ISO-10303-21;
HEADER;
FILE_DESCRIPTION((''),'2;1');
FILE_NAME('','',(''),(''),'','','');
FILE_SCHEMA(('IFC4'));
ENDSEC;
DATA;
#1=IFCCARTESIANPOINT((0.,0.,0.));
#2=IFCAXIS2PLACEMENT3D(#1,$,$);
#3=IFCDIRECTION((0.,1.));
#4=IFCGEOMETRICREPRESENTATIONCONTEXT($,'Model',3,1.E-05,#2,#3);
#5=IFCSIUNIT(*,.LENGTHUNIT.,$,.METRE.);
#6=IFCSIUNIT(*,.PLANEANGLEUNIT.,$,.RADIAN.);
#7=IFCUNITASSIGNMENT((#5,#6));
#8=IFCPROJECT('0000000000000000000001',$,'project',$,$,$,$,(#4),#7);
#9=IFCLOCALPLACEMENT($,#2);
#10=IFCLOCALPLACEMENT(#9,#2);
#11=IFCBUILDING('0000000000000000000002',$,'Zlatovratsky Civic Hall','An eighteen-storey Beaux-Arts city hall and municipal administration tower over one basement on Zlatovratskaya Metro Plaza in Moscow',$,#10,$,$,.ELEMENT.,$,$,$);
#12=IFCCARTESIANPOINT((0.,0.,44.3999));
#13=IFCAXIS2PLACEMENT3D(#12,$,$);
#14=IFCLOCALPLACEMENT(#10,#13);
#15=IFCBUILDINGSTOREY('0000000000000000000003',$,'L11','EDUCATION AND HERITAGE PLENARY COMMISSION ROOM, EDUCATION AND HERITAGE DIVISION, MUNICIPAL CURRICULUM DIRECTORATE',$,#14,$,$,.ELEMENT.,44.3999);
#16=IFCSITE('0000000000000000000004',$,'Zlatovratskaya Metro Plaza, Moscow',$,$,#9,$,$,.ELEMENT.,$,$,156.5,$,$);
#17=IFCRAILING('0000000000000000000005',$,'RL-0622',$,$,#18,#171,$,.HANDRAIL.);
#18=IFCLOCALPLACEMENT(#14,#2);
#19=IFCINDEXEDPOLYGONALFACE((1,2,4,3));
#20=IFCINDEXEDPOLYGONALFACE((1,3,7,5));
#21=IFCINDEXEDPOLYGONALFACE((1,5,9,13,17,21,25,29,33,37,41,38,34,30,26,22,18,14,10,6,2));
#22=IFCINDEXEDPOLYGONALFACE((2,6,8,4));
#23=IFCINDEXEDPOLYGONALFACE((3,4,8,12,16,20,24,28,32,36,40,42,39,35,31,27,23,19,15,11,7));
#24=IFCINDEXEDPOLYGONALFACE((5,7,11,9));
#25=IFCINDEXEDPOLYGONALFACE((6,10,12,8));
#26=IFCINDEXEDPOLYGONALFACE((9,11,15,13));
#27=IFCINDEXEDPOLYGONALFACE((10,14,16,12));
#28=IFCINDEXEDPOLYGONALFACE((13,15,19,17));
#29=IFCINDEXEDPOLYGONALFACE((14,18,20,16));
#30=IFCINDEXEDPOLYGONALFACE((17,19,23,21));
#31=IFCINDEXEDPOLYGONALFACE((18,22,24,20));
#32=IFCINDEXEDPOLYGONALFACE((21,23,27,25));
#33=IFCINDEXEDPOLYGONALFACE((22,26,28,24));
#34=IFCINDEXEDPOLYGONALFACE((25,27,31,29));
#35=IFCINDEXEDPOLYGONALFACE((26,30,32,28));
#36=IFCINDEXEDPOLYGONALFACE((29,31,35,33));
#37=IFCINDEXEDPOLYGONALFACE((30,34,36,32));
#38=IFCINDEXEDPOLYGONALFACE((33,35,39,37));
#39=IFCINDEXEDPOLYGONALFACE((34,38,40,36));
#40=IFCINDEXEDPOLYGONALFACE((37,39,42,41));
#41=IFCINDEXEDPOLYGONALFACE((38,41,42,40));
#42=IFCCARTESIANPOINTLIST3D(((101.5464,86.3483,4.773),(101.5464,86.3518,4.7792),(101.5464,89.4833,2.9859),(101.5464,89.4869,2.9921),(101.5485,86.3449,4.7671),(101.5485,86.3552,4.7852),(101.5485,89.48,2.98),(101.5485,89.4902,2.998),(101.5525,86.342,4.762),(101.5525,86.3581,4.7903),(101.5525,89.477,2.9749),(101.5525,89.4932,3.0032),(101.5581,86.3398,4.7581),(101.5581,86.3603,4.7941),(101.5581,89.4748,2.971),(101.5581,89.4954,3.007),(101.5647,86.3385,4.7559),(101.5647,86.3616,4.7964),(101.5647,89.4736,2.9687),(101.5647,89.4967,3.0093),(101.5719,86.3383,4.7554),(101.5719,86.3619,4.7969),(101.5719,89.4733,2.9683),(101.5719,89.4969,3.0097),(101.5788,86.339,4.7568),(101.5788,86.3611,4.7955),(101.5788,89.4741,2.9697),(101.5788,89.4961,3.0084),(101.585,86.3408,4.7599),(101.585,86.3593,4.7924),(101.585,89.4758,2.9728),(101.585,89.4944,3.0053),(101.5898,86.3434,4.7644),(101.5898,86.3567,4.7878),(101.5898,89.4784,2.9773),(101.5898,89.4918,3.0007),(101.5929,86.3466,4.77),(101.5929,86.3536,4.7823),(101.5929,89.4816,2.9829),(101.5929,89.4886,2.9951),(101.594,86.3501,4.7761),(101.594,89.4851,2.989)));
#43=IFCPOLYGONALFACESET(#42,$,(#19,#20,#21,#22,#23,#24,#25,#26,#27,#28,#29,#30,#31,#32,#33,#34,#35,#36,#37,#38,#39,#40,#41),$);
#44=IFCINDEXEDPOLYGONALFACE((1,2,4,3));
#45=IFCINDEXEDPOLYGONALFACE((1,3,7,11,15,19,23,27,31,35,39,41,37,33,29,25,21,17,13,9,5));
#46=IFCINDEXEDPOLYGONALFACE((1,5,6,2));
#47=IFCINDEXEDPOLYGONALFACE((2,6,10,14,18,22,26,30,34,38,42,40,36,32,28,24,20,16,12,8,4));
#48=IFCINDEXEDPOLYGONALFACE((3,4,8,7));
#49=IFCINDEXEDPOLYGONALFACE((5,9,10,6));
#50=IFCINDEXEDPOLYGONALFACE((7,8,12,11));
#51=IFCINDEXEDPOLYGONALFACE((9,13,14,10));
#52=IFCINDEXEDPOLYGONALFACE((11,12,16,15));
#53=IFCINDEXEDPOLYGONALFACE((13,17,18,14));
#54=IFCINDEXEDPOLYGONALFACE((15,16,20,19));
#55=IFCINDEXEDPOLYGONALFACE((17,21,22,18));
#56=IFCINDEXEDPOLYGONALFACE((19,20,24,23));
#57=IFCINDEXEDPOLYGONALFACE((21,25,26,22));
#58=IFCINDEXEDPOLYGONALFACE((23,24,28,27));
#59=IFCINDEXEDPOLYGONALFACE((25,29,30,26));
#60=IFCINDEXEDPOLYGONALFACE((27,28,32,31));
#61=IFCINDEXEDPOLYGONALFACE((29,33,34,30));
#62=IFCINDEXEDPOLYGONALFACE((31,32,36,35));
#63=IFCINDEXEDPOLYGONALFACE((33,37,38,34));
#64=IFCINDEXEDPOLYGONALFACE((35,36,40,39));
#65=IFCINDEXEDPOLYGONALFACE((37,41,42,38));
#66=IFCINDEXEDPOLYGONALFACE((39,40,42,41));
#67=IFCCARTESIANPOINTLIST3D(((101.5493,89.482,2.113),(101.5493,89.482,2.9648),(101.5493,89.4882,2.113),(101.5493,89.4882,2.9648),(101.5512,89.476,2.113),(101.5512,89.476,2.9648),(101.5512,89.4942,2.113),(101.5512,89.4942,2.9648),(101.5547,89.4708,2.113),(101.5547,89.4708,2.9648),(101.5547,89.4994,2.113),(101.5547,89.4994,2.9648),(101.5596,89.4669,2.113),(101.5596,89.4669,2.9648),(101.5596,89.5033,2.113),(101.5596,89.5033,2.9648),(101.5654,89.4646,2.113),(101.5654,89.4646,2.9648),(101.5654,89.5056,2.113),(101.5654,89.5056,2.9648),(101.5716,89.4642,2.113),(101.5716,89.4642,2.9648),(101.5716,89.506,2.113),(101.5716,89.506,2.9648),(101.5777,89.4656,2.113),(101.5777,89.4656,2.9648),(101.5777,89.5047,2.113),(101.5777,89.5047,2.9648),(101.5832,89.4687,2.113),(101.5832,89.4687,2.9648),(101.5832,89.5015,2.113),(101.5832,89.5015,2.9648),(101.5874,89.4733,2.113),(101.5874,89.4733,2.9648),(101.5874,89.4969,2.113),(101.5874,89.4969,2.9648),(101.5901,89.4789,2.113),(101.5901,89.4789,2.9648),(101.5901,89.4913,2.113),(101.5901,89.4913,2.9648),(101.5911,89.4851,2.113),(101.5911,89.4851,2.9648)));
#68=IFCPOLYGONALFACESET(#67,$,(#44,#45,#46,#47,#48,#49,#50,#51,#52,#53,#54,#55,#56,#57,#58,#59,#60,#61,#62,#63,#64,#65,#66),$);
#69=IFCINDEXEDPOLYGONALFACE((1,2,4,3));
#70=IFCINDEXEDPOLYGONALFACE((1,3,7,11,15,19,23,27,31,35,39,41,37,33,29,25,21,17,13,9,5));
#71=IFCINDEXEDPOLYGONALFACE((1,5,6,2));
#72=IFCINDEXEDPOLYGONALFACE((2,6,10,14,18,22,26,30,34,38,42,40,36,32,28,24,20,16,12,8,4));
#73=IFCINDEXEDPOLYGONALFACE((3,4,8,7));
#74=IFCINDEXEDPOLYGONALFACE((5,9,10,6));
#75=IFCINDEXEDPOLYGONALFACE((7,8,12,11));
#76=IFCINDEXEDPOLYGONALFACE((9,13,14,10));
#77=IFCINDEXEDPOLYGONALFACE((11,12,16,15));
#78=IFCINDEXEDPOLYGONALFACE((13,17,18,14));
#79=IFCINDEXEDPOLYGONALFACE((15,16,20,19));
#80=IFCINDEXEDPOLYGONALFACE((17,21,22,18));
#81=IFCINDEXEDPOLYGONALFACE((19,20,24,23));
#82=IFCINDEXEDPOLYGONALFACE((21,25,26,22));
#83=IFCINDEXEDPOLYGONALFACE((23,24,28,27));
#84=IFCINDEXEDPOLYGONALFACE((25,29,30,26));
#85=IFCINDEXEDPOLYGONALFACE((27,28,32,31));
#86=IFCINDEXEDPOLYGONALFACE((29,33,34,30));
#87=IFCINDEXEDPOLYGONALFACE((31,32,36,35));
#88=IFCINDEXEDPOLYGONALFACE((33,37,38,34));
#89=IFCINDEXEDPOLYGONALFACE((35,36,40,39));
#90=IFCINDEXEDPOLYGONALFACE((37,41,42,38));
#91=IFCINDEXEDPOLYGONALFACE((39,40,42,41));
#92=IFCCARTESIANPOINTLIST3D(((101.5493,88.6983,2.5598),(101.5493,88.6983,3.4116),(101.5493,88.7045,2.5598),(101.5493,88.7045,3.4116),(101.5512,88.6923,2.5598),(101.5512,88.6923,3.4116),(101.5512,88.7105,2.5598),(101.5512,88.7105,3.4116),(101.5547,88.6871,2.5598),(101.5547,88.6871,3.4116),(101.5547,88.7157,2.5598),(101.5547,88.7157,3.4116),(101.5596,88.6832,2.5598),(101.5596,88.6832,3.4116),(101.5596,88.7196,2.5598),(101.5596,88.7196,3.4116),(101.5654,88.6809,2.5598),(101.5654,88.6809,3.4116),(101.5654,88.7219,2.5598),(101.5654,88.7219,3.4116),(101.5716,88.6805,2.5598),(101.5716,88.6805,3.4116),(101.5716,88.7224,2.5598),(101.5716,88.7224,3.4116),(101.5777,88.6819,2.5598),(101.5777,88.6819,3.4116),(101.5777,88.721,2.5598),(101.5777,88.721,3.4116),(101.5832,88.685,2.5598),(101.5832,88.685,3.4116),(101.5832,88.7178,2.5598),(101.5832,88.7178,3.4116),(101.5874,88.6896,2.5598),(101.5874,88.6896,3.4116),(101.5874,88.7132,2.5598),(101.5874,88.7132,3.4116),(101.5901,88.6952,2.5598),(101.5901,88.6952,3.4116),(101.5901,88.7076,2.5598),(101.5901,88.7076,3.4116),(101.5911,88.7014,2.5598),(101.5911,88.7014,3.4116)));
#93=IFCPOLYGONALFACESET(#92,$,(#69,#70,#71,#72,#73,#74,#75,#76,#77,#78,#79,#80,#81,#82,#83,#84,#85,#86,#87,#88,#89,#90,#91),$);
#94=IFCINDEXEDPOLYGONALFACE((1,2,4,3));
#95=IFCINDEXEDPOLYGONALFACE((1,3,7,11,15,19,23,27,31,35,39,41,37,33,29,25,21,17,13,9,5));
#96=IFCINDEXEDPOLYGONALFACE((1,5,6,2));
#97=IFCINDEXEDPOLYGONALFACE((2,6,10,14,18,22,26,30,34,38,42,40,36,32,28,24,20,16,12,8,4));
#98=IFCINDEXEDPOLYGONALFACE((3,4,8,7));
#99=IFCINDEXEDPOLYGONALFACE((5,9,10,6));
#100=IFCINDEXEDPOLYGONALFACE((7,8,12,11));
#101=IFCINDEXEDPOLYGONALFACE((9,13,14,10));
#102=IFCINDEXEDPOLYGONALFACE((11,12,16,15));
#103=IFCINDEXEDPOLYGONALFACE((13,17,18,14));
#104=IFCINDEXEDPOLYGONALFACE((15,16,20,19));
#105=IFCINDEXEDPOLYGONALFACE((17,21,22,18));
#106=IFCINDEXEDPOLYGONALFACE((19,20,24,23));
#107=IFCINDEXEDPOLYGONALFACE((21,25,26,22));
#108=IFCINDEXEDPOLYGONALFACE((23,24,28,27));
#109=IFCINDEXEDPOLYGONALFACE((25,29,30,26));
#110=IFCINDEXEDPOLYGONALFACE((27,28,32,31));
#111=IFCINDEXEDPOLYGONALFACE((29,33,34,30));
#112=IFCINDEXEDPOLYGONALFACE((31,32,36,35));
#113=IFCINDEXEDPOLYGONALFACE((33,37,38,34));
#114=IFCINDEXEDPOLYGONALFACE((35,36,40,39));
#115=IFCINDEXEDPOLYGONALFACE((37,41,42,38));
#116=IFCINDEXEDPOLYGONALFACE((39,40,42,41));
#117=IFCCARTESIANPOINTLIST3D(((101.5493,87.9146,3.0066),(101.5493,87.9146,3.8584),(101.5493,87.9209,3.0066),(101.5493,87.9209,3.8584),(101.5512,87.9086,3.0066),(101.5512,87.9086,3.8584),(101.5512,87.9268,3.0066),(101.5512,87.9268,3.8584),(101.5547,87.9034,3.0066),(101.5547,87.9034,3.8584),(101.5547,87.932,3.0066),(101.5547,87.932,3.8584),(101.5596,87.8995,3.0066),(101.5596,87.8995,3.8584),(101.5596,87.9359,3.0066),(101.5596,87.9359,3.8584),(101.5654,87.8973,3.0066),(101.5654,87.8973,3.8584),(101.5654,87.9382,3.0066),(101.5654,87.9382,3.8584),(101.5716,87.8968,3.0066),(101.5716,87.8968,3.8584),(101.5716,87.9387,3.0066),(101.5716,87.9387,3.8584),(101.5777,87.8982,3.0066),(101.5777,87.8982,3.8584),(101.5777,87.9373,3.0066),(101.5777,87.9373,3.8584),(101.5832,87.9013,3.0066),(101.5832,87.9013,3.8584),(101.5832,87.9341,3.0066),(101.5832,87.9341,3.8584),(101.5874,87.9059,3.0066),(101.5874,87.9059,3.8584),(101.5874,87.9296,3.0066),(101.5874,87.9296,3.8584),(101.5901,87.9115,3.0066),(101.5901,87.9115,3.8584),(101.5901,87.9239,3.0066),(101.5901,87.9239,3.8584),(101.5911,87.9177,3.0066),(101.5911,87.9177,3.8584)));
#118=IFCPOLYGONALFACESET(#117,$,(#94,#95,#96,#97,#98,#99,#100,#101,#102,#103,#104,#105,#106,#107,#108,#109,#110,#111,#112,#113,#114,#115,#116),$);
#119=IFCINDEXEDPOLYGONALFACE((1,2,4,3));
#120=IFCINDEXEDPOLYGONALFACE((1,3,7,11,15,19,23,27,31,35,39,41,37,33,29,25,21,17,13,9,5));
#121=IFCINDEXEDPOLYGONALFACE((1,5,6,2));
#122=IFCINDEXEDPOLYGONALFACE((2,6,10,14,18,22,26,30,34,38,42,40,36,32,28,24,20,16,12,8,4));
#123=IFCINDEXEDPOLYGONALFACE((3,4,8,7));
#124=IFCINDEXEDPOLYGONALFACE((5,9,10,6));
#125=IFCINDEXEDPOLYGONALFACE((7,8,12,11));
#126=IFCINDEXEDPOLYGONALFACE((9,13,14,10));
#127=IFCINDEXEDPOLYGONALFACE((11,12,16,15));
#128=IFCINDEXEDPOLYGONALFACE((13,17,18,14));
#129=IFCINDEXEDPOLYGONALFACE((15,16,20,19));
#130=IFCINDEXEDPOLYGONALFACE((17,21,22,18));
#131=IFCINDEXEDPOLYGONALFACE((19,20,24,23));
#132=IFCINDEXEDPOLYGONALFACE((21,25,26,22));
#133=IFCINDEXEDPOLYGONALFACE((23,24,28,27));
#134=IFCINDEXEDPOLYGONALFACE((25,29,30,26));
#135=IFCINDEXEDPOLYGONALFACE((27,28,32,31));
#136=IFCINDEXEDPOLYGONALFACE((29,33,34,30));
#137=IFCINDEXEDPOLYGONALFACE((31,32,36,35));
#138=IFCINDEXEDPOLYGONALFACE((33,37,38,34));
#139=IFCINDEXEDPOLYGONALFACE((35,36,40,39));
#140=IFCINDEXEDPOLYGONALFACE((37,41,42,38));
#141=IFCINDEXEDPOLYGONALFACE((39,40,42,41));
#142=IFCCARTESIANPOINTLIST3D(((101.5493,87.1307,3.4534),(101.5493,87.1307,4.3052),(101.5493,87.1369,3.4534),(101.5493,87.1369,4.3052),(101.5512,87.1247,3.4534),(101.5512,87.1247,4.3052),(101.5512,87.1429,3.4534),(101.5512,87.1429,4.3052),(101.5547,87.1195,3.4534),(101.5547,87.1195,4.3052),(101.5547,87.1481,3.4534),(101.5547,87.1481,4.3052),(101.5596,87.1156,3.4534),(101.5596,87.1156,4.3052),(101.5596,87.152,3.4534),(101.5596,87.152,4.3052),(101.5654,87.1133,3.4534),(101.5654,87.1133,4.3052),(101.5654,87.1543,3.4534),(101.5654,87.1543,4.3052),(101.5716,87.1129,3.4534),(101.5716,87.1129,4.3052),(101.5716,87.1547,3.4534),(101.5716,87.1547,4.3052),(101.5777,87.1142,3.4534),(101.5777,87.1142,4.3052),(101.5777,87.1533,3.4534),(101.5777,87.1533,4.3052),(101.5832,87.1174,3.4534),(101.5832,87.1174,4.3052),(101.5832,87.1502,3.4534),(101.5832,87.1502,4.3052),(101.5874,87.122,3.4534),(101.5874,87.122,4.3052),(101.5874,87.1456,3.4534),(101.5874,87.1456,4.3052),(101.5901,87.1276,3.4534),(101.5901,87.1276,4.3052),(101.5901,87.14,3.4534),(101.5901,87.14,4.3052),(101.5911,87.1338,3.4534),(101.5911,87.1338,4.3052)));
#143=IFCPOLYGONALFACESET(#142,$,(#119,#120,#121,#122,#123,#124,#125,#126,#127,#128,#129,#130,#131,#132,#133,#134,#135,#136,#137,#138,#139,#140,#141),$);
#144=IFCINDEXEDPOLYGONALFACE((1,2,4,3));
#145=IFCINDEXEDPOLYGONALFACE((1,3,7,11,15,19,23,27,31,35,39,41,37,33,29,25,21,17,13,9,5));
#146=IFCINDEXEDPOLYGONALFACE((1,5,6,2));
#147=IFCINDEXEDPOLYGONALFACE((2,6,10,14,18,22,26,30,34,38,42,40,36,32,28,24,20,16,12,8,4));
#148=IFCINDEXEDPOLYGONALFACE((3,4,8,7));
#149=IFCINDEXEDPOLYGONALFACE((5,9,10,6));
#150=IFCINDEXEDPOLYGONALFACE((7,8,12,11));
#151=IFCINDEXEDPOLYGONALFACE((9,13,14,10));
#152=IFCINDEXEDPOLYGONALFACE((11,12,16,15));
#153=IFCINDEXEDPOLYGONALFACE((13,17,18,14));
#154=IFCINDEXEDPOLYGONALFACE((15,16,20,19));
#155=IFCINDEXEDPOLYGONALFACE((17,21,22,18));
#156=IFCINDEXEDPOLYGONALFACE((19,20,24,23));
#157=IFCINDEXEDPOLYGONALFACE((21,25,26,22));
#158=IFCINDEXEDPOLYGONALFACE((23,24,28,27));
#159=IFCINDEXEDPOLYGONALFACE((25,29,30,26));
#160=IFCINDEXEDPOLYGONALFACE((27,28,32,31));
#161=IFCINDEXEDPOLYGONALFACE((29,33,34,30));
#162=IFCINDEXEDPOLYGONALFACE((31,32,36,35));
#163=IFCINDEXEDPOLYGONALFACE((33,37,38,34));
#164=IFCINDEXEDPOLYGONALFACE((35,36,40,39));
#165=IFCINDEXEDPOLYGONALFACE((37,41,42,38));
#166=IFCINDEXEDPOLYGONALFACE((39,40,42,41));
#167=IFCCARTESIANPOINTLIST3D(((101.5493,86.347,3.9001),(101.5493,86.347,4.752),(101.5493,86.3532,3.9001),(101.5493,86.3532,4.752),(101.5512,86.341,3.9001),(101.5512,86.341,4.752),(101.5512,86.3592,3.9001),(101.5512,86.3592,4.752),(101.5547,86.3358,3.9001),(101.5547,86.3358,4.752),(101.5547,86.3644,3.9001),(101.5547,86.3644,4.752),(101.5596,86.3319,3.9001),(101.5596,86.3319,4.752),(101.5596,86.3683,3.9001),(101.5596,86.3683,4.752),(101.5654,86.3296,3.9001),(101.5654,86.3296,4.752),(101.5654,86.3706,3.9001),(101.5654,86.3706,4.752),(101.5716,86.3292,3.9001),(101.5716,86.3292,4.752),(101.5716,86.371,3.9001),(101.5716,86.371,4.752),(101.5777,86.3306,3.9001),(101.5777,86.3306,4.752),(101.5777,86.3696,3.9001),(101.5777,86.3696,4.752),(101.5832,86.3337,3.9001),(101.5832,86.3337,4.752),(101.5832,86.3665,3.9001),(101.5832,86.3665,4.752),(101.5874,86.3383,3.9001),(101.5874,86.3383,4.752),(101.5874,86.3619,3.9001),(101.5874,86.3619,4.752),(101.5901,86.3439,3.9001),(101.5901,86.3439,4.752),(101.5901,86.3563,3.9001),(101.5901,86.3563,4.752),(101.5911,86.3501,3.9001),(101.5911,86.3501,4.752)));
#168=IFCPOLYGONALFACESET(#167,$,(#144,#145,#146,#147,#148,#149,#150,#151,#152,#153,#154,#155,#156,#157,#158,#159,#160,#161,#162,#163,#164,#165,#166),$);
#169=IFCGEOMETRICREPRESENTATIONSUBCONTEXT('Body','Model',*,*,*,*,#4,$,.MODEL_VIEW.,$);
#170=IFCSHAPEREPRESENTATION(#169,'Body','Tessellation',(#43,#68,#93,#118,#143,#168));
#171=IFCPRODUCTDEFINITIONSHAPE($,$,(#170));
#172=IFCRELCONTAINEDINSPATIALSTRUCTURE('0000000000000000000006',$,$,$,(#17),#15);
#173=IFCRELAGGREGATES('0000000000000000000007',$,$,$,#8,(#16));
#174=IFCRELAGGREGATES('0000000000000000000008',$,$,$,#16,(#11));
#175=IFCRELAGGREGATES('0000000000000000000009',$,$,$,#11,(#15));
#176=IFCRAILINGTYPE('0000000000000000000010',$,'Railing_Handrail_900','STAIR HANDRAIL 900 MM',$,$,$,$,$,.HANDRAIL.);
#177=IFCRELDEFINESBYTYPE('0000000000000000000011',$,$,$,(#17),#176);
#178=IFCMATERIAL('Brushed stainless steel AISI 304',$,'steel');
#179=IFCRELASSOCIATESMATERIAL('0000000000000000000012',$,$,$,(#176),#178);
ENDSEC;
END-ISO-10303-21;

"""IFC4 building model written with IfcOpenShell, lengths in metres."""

from ifc_helpers import new_model, si_unit, direction, frame, origin, origin_2d, place, context, subcontext, project, spatial, circle, extrude, material, type_object, element, save


model = new_model("IFC4")

# Units and contexts
model_context = context("Model", 3, precision=1e-05, world=origin(), true_north=direction((0.0, 1.0)))
body_context = subcontext(model_context, "Body", "Model", "MODEL_VIEW")
ifc_project = project(units=[si_unit("LENGTHUNIT", "METRE"), si_unit("PLANEANGLEUNIT", "RADIAN")], contexts=[model_context])

# Site, building, storey
site_placement = place(None, origin())
site = spatial("IfcSite", under=ifc_project, at=site_placement, Name="Zlatovratskaya Metro Plaza, Moscow", CompositionType="ELEMENT", RefElevation=156.5)
building_placement = place(site_placement, origin())
building = spatial("IfcBuilding", under=site, at=building_placement, Name="Zlatovratsky Civic Hall", Description="An eighteen-storey Beaux-Arts city hall and municipal administration tower over one basement on Zlatovratskaya Metro Plaza in Moscow", CompositionType="ELEMENT")
storey_placement = place(building_placement, frame((0.0, 0.0, 44.3999)))
storey = spatial("IfcBuildingStorey", under=building, at=storey_placement, Name="L11", Description="EDUCATION AND HERITAGE PLENARY COMMISSION ROOM, EDUCATION AND HERITAGE DIVISION, MUNICIPAL CURRICULUM DIRECTORATE", CompositionType="ELEMENT", Elevation=44.3999)

# Railing
ifc_material_1 = material(Name="Brushed stainless steel AISI 304", Category="steel")
railing_type = type_object("IfcRailingType", Name="Railing_Handrail_900", Description="STAIR HANDRAIL 900 MM", PredefinedType="HANDRAIL", material=ifc_material_1)
railing_placement = place(storey_placement, frame((101.5701, 89.4851, 2.113)))
element("IfcRailing", 1, at=railing_placement, inside=storey, type_object=railing_type, Name="RL-0622", PredefinedType="HANDRAIL", context=body_context, shape_type="SweptSolid", body=[
    extrude(circle(Radius=0.0239, at=origin_2d()), frame((0.0, 0.0, 0.876), z_axis=(0.0, -0.868759, 0.495235), x_axis=(1.0, 0.0, 0.0)), (0.0, 0.0, 1.0), 3.6086),
    extrude(circle(Radius=0.021, at=origin_2d()), origin(), (0.0, 0.0, 1.0), 0.8518),
    extrude(circle(Radius=0.021, at=origin_2d()), frame((0.0, -0.7837, 0.4468)), (0.0, 0.0, 1.0), 0.8518),
    extrude(circle(Radius=0.021, at=origin_2d()), frame((0.0, -1.5674, 0.8936)), (0.0, 0.0, 1.0), 0.8518),
    extrude(circle(Radius=0.021, at=origin_2d()), frame((0.0, -2.3513, 1.3403)), (0.0, 0.0, 1.0), 0.8518),
    extrude(circle(Radius=0.021, at=origin_2d()), frame((0.0, -3.135, 1.7871)), (0.0, 0.0, 1.0), 0.8518),
])

save(model, "model.ifc")
